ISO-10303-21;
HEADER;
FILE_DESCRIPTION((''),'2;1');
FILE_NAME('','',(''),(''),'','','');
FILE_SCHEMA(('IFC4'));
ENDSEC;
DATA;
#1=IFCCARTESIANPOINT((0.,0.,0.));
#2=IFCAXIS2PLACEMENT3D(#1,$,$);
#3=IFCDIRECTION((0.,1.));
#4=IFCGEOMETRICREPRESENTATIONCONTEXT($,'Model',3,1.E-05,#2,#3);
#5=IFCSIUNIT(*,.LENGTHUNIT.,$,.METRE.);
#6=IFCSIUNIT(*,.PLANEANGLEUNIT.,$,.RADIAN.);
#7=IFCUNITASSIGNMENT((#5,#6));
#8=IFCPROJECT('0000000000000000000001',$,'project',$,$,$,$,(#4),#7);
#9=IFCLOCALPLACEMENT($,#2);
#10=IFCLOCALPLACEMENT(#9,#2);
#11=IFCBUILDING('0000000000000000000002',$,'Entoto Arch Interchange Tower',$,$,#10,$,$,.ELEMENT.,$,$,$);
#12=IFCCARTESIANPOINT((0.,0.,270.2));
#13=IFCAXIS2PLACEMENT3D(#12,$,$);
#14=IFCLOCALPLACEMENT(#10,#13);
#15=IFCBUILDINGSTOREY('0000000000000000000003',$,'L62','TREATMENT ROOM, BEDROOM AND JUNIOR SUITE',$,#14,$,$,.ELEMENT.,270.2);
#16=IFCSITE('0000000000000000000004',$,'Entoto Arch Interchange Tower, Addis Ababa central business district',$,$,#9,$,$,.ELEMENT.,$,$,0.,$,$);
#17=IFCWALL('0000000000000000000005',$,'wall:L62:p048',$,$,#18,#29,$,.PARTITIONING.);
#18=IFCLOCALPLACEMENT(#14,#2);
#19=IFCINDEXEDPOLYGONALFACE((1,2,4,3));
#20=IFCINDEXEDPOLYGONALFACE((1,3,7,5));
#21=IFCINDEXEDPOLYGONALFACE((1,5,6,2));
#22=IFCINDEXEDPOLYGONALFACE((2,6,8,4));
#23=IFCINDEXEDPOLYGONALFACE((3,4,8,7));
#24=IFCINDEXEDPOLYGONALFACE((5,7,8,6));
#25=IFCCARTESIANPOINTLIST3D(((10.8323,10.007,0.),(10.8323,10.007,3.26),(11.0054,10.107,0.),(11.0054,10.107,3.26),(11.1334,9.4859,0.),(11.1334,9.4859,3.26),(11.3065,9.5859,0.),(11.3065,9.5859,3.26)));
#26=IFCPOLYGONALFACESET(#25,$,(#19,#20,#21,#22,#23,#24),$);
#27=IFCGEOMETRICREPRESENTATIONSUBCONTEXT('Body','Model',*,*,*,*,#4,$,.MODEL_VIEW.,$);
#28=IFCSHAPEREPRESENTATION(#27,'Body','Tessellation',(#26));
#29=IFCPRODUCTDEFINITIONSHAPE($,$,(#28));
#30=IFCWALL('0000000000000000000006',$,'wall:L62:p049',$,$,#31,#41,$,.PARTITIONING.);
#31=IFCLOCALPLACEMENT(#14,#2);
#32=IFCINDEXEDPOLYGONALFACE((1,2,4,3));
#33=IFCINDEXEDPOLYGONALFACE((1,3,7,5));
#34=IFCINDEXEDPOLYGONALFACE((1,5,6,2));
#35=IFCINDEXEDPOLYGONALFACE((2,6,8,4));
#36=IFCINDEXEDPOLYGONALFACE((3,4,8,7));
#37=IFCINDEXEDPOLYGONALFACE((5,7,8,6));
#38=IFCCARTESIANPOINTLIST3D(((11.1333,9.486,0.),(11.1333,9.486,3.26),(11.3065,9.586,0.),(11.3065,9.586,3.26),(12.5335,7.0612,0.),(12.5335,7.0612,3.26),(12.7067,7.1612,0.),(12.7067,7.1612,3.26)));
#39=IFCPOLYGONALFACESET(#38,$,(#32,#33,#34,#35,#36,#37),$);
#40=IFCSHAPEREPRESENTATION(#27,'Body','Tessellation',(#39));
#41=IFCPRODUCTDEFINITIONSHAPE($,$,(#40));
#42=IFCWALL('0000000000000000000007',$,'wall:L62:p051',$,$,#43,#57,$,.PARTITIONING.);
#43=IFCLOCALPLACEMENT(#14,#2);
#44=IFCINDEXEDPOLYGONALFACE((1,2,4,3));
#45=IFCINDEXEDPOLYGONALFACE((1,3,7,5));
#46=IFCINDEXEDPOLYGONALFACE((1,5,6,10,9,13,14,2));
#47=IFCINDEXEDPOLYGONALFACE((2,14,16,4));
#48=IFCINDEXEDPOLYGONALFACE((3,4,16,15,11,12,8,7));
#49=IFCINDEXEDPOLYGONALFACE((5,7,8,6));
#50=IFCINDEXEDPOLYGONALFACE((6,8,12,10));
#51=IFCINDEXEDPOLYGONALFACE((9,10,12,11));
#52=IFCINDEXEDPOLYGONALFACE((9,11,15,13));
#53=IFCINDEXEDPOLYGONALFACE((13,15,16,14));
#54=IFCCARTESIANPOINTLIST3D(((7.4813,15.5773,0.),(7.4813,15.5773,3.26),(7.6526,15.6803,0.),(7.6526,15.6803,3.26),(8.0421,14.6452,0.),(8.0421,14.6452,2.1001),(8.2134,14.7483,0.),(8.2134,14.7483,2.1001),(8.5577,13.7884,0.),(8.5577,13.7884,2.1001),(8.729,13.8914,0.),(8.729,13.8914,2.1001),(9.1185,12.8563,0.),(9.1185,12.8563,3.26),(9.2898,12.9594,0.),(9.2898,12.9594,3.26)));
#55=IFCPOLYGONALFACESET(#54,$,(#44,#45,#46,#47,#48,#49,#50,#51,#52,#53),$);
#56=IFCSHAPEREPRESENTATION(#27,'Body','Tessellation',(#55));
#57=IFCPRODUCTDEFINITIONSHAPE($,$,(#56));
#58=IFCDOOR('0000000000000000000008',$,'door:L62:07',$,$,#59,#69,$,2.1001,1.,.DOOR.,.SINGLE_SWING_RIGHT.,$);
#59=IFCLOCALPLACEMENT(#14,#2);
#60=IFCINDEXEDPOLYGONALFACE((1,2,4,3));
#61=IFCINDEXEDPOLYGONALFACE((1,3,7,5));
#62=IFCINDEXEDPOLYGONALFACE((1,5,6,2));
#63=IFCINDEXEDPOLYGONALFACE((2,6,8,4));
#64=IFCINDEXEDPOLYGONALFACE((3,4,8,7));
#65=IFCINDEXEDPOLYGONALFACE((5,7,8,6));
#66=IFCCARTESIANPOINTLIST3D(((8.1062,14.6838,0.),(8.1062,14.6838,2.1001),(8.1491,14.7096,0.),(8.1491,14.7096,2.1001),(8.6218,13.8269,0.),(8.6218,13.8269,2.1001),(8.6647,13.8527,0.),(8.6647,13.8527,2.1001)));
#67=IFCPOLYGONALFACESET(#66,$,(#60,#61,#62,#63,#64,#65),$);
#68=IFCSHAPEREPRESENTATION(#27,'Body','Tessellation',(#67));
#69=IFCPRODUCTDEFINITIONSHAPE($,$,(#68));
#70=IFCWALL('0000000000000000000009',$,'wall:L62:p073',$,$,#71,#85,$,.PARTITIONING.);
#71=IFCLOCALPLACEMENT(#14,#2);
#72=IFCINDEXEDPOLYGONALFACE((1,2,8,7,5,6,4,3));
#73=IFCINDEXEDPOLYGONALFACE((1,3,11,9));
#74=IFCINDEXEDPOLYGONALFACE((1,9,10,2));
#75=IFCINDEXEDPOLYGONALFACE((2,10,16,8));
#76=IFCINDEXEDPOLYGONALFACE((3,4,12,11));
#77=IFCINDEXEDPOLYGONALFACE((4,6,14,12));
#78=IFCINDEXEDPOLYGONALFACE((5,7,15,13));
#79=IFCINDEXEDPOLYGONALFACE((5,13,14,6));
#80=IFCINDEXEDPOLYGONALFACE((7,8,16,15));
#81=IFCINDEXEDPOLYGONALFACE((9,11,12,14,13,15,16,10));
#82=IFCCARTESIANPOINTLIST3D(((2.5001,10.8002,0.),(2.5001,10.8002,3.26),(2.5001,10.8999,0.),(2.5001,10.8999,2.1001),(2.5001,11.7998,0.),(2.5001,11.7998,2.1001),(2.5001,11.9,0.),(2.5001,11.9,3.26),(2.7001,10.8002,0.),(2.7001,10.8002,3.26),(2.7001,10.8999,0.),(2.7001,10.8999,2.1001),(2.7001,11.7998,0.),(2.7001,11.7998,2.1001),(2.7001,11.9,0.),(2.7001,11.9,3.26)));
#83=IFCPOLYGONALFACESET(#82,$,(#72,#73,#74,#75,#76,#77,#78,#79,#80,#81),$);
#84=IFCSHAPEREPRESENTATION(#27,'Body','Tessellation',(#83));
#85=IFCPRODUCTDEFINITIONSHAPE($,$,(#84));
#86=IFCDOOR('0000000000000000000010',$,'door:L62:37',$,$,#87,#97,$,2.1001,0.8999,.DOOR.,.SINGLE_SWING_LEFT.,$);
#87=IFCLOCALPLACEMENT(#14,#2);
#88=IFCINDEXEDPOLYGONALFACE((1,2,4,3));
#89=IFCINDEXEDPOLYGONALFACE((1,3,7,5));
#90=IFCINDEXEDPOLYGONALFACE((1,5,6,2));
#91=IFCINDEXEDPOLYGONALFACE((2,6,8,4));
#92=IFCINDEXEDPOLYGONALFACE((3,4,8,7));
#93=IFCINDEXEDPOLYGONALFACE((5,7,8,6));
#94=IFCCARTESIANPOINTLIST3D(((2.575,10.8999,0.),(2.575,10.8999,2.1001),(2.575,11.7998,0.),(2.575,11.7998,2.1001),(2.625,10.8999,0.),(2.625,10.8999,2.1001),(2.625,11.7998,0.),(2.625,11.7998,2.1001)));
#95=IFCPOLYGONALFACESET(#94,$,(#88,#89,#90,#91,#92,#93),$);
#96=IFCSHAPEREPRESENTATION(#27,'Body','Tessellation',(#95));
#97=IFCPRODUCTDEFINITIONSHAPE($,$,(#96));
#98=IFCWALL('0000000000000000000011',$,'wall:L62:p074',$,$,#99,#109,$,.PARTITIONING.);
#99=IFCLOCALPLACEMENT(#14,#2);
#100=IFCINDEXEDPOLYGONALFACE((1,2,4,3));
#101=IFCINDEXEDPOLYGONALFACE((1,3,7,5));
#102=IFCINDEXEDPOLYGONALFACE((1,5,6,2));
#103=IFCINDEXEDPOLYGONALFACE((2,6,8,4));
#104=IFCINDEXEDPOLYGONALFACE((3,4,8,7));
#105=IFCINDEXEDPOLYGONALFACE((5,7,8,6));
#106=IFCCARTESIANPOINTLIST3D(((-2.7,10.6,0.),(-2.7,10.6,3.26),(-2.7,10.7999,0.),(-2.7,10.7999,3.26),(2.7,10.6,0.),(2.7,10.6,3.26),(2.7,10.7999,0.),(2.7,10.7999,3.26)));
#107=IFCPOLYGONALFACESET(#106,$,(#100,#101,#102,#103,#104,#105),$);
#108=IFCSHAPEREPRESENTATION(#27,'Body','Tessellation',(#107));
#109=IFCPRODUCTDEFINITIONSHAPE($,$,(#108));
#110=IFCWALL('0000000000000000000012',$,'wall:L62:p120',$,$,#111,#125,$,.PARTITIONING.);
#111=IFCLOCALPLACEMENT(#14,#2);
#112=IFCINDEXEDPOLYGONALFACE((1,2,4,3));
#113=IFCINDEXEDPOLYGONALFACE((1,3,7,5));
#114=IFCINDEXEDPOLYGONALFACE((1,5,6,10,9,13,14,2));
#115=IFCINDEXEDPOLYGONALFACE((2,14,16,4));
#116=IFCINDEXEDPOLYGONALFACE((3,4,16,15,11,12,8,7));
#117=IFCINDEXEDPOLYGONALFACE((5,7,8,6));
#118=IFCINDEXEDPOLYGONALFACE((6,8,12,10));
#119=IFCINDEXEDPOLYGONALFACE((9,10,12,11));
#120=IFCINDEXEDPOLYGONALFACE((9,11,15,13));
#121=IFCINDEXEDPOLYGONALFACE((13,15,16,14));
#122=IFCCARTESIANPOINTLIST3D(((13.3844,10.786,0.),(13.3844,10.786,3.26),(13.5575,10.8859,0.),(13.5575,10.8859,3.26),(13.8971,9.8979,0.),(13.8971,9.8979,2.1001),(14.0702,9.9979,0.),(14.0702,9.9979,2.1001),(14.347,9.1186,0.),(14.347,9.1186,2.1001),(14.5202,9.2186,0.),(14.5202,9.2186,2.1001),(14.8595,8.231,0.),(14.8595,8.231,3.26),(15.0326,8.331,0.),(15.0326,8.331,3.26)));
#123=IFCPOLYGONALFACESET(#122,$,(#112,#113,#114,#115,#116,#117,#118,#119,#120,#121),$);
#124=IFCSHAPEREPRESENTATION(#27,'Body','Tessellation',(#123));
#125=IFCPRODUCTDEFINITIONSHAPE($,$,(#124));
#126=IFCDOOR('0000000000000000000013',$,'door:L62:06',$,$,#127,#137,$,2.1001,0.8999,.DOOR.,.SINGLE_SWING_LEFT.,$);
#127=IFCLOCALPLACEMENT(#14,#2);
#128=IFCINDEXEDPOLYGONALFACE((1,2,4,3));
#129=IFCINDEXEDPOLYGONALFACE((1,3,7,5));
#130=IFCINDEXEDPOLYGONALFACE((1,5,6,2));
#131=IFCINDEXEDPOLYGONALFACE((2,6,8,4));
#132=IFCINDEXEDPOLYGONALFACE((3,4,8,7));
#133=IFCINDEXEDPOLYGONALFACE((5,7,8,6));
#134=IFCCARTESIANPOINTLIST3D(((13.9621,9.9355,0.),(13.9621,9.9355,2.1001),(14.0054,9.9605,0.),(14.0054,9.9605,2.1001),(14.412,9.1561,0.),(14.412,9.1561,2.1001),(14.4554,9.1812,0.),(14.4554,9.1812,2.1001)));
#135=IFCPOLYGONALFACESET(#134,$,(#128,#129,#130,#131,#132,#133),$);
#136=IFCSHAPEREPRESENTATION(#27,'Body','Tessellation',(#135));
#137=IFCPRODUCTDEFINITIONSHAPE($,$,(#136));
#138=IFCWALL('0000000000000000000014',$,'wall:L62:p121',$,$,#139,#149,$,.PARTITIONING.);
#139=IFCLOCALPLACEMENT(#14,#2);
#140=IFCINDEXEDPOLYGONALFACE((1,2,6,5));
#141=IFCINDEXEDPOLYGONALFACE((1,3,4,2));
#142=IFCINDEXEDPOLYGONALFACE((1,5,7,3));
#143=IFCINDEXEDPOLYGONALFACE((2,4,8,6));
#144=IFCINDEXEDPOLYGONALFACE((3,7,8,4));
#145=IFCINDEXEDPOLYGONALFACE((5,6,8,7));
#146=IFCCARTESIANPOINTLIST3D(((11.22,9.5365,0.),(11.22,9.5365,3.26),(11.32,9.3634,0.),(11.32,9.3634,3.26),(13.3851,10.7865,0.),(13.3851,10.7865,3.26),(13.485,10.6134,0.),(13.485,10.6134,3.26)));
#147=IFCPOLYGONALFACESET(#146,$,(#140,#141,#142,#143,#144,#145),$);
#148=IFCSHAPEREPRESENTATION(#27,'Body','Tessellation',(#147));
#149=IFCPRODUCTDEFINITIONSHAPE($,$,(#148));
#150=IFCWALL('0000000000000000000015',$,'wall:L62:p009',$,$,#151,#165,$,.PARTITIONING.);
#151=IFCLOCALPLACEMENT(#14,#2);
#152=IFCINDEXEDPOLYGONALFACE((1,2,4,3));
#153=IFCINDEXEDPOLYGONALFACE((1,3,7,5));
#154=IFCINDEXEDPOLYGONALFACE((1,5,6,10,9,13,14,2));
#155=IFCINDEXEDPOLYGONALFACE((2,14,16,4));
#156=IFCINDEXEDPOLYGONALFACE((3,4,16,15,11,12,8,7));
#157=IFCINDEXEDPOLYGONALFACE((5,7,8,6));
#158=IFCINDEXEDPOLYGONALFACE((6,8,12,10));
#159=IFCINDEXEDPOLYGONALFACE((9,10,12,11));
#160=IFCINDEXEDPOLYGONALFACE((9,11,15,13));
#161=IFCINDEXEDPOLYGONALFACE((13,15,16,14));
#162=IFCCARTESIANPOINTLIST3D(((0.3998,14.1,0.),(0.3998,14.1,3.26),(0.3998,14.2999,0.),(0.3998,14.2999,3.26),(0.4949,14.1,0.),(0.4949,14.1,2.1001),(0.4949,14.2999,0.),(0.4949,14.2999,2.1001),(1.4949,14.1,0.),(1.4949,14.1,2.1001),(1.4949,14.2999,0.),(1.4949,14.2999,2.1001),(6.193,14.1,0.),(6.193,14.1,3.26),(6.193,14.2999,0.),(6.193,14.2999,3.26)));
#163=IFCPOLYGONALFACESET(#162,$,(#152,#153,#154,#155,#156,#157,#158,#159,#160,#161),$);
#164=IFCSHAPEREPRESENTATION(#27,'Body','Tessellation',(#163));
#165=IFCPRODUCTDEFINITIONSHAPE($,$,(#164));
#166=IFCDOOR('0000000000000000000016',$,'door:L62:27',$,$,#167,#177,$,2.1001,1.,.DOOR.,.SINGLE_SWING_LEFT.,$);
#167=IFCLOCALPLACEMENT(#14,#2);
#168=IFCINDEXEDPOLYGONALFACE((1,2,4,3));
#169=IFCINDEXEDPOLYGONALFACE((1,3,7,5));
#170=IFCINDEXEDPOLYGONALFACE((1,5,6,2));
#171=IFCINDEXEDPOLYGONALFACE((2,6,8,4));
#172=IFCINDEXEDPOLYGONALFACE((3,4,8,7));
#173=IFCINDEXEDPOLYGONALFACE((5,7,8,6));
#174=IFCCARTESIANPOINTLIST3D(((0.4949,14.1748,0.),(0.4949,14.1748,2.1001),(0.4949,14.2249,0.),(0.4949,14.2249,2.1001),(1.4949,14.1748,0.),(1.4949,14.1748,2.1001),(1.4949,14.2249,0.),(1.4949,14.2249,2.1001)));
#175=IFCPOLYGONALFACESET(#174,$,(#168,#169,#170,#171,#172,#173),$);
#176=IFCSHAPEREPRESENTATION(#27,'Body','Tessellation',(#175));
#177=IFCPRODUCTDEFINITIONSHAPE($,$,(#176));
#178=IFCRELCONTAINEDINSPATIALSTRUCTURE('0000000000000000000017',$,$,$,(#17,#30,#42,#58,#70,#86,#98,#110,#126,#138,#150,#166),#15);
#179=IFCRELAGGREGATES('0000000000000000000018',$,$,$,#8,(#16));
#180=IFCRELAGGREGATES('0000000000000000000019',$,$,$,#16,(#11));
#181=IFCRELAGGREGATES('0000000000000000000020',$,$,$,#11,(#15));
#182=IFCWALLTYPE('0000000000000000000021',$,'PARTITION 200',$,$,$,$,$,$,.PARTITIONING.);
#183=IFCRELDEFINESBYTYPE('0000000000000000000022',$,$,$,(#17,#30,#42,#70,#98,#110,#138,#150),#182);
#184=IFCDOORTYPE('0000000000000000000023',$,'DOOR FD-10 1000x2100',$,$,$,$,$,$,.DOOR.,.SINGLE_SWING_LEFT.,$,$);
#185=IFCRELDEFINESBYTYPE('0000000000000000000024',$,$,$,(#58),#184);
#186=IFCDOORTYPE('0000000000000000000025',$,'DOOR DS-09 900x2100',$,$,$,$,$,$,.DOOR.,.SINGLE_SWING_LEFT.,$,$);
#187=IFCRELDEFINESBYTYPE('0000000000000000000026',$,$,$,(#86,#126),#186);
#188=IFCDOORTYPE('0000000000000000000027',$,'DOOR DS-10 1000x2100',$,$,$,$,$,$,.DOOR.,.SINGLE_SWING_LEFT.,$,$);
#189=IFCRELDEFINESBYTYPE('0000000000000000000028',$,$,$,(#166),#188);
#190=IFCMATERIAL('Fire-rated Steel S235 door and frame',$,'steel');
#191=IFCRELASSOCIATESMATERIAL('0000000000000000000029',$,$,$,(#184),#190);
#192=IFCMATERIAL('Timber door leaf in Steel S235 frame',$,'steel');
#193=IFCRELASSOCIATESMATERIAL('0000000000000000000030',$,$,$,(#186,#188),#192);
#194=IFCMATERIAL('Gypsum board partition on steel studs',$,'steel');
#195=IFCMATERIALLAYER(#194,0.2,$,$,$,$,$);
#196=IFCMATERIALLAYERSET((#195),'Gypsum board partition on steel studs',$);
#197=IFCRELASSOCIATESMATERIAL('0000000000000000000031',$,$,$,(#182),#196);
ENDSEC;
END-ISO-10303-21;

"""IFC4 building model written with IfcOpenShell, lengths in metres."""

from ifc_helpers import new_model, si_unit, direction, frame, frame_2d, origin, place, context, subcontext, project, spatial, rectangle, extrude, material, layer, layer_set, type_object, element, fill, save


model = new_model("IFC4")

# Units and contexts
model_context = context("Model", 3, precision=1e-05, world=origin(), true_north=direction((0.0, 1.0)))
body_context = subcontext(model_context, "Body", "Model", "MODEL_VIEW")
ifc_project = project(units=[si_unit("LENGTHUNIT", "METRE"), si_unit("PLANEANGLEUNIT", "RADIAN")], contexts=[model_context])

# Site, building, storey
site_placement = place(None, origin())
site = spatial("IfcSite", under=ifc_project, at=site_placement, Name="Entoto Arch Interchange Tower, Addis Ababa central business district", CompositionType="ELEMENT", RefElevation=0.0)
building_placement = place(site_placement, origin())
building = spatial("IfcBuilding", under=site, at=building_placement, Name="Entoto Arch Interchange Tower", CompositionType="ELEMENT")
storey_placement = place(building_placement, frame((0.0, 0.0, 270.2)))
storey = spatial("IfcBuildingStorey", under=building, at=storey_placement, Name="L62", Description="TREATMENT ROOM, BEDROOM AND JUNIOR SUITE", CompositionType="ELEMENT", Elevation=270.2)

# Shared definitions
ifc_material_1 = material(Name="Fire-rated Steel S235 door and frame", Category="steel")
door_type_1 = type_object("IfcDoorType", Name="DOOR FD-10 1000x2100", OperationType="SINGLE_SWING_LEFT", PredefinedType="DOOR", material=ifc_material_1)

# Shared definitions
ifc_material_2 = material(Name="Gypsum board partition on steel studs", Category="steel")
ifc_material_3 = material(Name="Timber door leaf in Steel S235 frame", Category="steel")
door_type_2 = type_object("IfcDoorType", Name="DOOR DS-09 900x2100", OperationType="SINGLE_SWING_LEFT", PredefinedType="DOOR", material=ifc_material_3)

# Walls
ifc_layer_1 = layer(ifc_material_2, 0.2)
ifc_layer_set_1 = layer_set([ifc_layer_1], Name="Gypsum board partition on steel studs")
wall_type_1 = type_object("IfcWallType", Name="PARTITION 200", PredefinedType="PARTITIONING", material=ifc_layer_set_1)
wall_1_placement = place(storey_placement, frame((10.9189, 10.0569, 0.0), z_axis=(0.0, 0.0, 1.0), x_axis=(0.500284, -0.865861, 0.0)))
element("IfcWall", 1, at=wall_1_placement, inside=storey, type_object=wall_type_1, Name="wall:L62:p048", PredefinedType="PARTITIONING", context=body_context, shape_type="SweptSolid", body=[
    extrude(rectangle(XDim=0.6018, YDim=0.2, at=frame_2d((0.3008, 0.0))), origin(), (0.0, 0.0, 1.0), 3.26),
])
wall_2_placement = place(storey_placement, frame((11.22, 9.5359, 0.0), z_axis=(0.0, 0.0, 1.0), x_axis=(0.50005, -0.865997, 0.0)))
element("IfcWall", 2, at=wall_2_placement, inside=storey, type_object=wall_type_1, Name="wall:L62:p049", PredefinedType="PARTITIONING", context=body_context, shape_type="SweptSolid", body=[
    extrude(rectangle(XDim=2.8, YDim=0.2, at=frame_2d((1.3999, 0.0))), origin(), (0.0, 0.0, 1.0), 3.26),
])

# Walls, openings, doors
wall_3_placement = place(storey_placement, frame((7.5669, 15.6289, 0.0), z_axis=(0.0, 0.0, 1.0), x_axis=(0.515569, -0.856848, 0.0)))
wall_3 = element("IfcWall", 3, at=wall_3_placement, inside=storey, type_object=wall_type_1, Name="wall:L62:p051", PredefinedType="PARTITIONING", context=body_context, shape_type="SweptSolid", body=[
    extrude(rectangle(XDim=3.1755, YDim=0.2, at=frame_2d((1.5879, 0.0))), origin(), (0.0, 0.0, 1.0), 3.26),
])
opening_1_placement = place(wall_3_placement, frame((1.0879, 0.0, 0.0)))
opening_1 = element("IfcOpeningElement", 4, at=opening_1_placement, cuts=wall_3, PredefinedType="OPENING", context=body_context, shape_type="SweptSolid", body=[
    extrude(rectangle(XDim=1.0, YDim=2.1001, at=frame_2d((0.5, 1.05))), frame((0.0, 0.1099, 0.0), z_axis=(0.0, -1.0, 0.0), x_axis=(1.0, 0.0, 0.0)), (0.0, 0.0, 1.0), 0.22),
])
door_1_placement = place(opening_1_placement, origin())
door_1 = element("IfcDoor", 5, at=door_1_placement, inside=storey, type_object=door_type_1, Name="door:L62:07", OperationType="SINGLE_SWING_RIGHT", OverallHeight=2.1001, OverallWidth=1.0, PredefinedType="DOOR", context=body_context, shape_type="SweptSolid", body=[
    extrude(rectangle(XDim=1.0, YDim=2.1001, at=frame_2d((0.5, 1.05))), frame((0.0, 0.0249, 0.0), z_axis=(0.0, -1.0, 0.0), x_axis=(1.0, 0.0, 0.0)), (0.0, 0.0, 1.0), 0.05),
])
fill(opening_1, door_1)
wall_4_placement = place(storey_placement, frame((2.6001, 11.8999, 0.0), z_axis=(0.0, 0.0, 1.0), x_axis=(0.0, -1.0, 0.0)))
wall_4 = element("IfcWall", 6, at=wall_4_placement, inside=storey, type_object=wall_type_1, Name="wall:L62:p073", PredefinedType="PARTITIONING", context=body_context, shape_type="SweptSolid", body=[
    extrude(rectangle(XDim=1.0999, YDim=0.2, at=frame_2d((0.5498, 0.0))), origin(), (0.0, 0.0, 1.0), 3.26),
])
opening_2_placement = place(wall_4_placement, frame((0.1001, 0.0, 0.0)))
opening_2 = element("IfcOpeningElement", 7, at=opening_2_placement, cuts=wall_4, PredefinedType="OPENING", context=body_context, shape_type="SweptSolid", body=[
    extrude(rectangle(XDim=0.8999, YDim=2.1001, at=frame_2d((0.45, 1.05))), frame((0.0, 0.1099, 0.0), z_axis=(0.0, -1.0, 0.0), x_axis=(1.0, 0.0, 0.0)), (0.0, 0.0, 1.0), 0.22),
])
door_2_placement = place(opening_2_placement, origin())
door_2 = element("IfcDoor", 8, at=door_2_placement, inside=storey, type_object=door_type_2, Name="door:L62:37", OperationType="SINGLE_SWING_LEFT", OverallHeight=2.1001, OverallWidth=0.8999, PredefinedType="DOOR", context=body_context, shape_type="SweptSolid", body=[
    extrude(rectangle(XDim=0.8999, YDim=2.1001, at=frame_2d((0.45, 1.05))), frame((0.0, 0.0249, 0.0), z_axis=(0.0, -1.0, 0.0), x_axis=(1.0, 0.0, 0.0)), (0.0, 0.0, 1.0), 0.05),
])
fill(opening_2, door_2)

# Wall
wall_5_placement = place(storey_placement, frame((2.7, 10.7, 0.0), z_axis=(0.0, 0.0, 1.0), x_axis=(-1.0, 0.0, 0.0)))
element("IfcWall", 9, at=wall_5_placement, inside=storey, type_object=wall_type_1, Name="wall:L62:p074", PredefinedType="PARTITIONING", context=body_context, shape_type="SweptSolid", body=[
    extrude(rectangle(XDim=5.3999, YDim=0.2, at=frame_2d((2.7, 0.0))), origin(), (0.0, 0.0, 1.0), 3.26),
])

# Wall, opening, door
wall_6_placement = place(storey_placement, frame((14.946, 8.281, 0.0), z_axis=(0.0, 0.0, 1.0), x_axis=(-0.500002, 0.866024, 0.0)))
wall_6 = element("IfcWall", 10, at=wall_6_placement, inside=storey, type_object=wall_type_1, Name="wall:L62:p120", PredefinedType="PARTITIONING", context=body_context, shape_type="SweptSolid", body=[
    extrude(rectangle(XDim=2.9502, YDim=0.2, at=frame_2d((1.4751, 0.0))), origin(), (0.0, 0.0, 1.0), 3.26),
])
opening_3_placement = place(wall_6_placement, frame((1.0249, 0.0, 0.0)))
opening_3 = element("IfcOpeningElement", 11, at=opening_3_placement, cuts=wall_6, PredefinedType="OPENING", context=body_context, shape_type="SweptSolid", body=[
    extrude(rectangle(XDim=0.8999, YDim=2.1001, at=frame_2d((0.45, 1.05))), frame((0.0, 0.1099, 0.0), z_axis=(0.0, -1.0, 0.0), x_axis=(1.0, 0.0, 0.0)), (0.0, 0.0, 1.0), 0.22),
])
door_3_placement = place(opening_3_placement, origin())
door_3 = element("IfcDoor", 12, at=door_3_placement, inside=storey, type_object=door_type_2, Name="door:L62:06", OperationType="SINGLE_SWING_LEFT", OverallHeight=2.1001, OverallWidth=0.8999, PredefinedType="DOOR", context=body_context, shape_type="SweptSolid", body=[
    extrude(rectangle(XDim=0.8999, YDim=2.1001, at=frame_2d((0.45, 1.05))), frame((0.0, 0.0249, 0.0), z_axis=(0.0, -1.0, 0.0), x_axis=(1.0, 0.0, 0.0)), (0.0, 0.0, 1.0), 0.05),
])
fill(opening_3, door_3)

# Wall
wall_7_placement = place(storey_placement, frame((13.4351, 10.7, 0.0), z_axis=(0.0, 0.0, 1.0), x_axis=(-0.866023, -0.500004, 0.0)))
element("IfcWall", 13, at=wall_7_placement, inside=storey, type_object=wall_type_1, Name="wall:L62:p121", PredefinedType="PARTITIONING", context=body_context, shape_type="SweptSolid", body=[
    extrude(rectangle(XDim=2.5, YDim=0.2, at=frame_2d((1.25, 0.0))), origin(), (0.0, 0.0, 1.0), 3.26),
])

# Wall, opening, door
wall_8_placement = place(storey_placement, frame((0.3999, 14.2, 0.0), z_axis=(0.0, 0.0, 1.0), x_axis=(1.0, 0.0, 0.0)))
wall_8 = element("IfcWall", 14, at=wall_8_placement, inside=storey, type_object=wall_type_1, Name="wall:L62:p009", PredefinedType="PARTITIONING", context=body_context, shape_type="SweptSolid", body=[
    extrude(rectangle(XDim=5.7932, YDim=0.2, at=frame_2d((2.8965, 0.0))), origin(), (0.0, 0.0, 1.0), 3.26),
])
opening_4_placement = place(wall_8_placement, frame((0.095, 0.0, 0.0)))
opening_4 = element("IfcOpeningElement", 15, at=opening_4_placement, cuts=wall_8, PredefinedType="OPENING", context=body_context, shape_type="SweptSolid", body=[
    extrude(rectangle(XDim=1.0, YDim=2.1001, at=frame_2d((0.5, 1.05))), frame((0.0, 0.1099, 0.0), z_axis=(0.0, -1.0, 0.0), x_axis=(1.0, 0.0, 0.0)), (0.0, 0.0, 1.0), 0.22),
])
door_type_3 = type_object("IfcDoorType", Name="DOOR DS-10 1000x2100", OperationType="SINGLE_SWING_LEFT", PredefinedType="DOOR", material=ifc_material_3)
door_4_placement = place(opening_4_placement, origin())
door_4 = element("IfcDoor", 16, at=door_4_placement, inside=storey, type_object=door_type_3, Name="door:L62:27", OperationType="SINGLE_SWING_LEFT", OverallHeight=2.1001, OverallWidth=1.0, PredefinedType="DOOR", context=body_context, shape_type="SweptSolid", body=[
    extrude(rectangle(XDim=1.0, YDim=2.1001, at=frame_2d((0.5, 1.05))), frame((0.0, 0.0249, 0.0), z_axis=(0.0, -1.0, 0.0), x_axis=(1.0, 0.0, 0.0)), (0.0, 0.0, 1.0), 0.05),
])
fill(opening_4, door_4)

save(model, "model.ifc")
